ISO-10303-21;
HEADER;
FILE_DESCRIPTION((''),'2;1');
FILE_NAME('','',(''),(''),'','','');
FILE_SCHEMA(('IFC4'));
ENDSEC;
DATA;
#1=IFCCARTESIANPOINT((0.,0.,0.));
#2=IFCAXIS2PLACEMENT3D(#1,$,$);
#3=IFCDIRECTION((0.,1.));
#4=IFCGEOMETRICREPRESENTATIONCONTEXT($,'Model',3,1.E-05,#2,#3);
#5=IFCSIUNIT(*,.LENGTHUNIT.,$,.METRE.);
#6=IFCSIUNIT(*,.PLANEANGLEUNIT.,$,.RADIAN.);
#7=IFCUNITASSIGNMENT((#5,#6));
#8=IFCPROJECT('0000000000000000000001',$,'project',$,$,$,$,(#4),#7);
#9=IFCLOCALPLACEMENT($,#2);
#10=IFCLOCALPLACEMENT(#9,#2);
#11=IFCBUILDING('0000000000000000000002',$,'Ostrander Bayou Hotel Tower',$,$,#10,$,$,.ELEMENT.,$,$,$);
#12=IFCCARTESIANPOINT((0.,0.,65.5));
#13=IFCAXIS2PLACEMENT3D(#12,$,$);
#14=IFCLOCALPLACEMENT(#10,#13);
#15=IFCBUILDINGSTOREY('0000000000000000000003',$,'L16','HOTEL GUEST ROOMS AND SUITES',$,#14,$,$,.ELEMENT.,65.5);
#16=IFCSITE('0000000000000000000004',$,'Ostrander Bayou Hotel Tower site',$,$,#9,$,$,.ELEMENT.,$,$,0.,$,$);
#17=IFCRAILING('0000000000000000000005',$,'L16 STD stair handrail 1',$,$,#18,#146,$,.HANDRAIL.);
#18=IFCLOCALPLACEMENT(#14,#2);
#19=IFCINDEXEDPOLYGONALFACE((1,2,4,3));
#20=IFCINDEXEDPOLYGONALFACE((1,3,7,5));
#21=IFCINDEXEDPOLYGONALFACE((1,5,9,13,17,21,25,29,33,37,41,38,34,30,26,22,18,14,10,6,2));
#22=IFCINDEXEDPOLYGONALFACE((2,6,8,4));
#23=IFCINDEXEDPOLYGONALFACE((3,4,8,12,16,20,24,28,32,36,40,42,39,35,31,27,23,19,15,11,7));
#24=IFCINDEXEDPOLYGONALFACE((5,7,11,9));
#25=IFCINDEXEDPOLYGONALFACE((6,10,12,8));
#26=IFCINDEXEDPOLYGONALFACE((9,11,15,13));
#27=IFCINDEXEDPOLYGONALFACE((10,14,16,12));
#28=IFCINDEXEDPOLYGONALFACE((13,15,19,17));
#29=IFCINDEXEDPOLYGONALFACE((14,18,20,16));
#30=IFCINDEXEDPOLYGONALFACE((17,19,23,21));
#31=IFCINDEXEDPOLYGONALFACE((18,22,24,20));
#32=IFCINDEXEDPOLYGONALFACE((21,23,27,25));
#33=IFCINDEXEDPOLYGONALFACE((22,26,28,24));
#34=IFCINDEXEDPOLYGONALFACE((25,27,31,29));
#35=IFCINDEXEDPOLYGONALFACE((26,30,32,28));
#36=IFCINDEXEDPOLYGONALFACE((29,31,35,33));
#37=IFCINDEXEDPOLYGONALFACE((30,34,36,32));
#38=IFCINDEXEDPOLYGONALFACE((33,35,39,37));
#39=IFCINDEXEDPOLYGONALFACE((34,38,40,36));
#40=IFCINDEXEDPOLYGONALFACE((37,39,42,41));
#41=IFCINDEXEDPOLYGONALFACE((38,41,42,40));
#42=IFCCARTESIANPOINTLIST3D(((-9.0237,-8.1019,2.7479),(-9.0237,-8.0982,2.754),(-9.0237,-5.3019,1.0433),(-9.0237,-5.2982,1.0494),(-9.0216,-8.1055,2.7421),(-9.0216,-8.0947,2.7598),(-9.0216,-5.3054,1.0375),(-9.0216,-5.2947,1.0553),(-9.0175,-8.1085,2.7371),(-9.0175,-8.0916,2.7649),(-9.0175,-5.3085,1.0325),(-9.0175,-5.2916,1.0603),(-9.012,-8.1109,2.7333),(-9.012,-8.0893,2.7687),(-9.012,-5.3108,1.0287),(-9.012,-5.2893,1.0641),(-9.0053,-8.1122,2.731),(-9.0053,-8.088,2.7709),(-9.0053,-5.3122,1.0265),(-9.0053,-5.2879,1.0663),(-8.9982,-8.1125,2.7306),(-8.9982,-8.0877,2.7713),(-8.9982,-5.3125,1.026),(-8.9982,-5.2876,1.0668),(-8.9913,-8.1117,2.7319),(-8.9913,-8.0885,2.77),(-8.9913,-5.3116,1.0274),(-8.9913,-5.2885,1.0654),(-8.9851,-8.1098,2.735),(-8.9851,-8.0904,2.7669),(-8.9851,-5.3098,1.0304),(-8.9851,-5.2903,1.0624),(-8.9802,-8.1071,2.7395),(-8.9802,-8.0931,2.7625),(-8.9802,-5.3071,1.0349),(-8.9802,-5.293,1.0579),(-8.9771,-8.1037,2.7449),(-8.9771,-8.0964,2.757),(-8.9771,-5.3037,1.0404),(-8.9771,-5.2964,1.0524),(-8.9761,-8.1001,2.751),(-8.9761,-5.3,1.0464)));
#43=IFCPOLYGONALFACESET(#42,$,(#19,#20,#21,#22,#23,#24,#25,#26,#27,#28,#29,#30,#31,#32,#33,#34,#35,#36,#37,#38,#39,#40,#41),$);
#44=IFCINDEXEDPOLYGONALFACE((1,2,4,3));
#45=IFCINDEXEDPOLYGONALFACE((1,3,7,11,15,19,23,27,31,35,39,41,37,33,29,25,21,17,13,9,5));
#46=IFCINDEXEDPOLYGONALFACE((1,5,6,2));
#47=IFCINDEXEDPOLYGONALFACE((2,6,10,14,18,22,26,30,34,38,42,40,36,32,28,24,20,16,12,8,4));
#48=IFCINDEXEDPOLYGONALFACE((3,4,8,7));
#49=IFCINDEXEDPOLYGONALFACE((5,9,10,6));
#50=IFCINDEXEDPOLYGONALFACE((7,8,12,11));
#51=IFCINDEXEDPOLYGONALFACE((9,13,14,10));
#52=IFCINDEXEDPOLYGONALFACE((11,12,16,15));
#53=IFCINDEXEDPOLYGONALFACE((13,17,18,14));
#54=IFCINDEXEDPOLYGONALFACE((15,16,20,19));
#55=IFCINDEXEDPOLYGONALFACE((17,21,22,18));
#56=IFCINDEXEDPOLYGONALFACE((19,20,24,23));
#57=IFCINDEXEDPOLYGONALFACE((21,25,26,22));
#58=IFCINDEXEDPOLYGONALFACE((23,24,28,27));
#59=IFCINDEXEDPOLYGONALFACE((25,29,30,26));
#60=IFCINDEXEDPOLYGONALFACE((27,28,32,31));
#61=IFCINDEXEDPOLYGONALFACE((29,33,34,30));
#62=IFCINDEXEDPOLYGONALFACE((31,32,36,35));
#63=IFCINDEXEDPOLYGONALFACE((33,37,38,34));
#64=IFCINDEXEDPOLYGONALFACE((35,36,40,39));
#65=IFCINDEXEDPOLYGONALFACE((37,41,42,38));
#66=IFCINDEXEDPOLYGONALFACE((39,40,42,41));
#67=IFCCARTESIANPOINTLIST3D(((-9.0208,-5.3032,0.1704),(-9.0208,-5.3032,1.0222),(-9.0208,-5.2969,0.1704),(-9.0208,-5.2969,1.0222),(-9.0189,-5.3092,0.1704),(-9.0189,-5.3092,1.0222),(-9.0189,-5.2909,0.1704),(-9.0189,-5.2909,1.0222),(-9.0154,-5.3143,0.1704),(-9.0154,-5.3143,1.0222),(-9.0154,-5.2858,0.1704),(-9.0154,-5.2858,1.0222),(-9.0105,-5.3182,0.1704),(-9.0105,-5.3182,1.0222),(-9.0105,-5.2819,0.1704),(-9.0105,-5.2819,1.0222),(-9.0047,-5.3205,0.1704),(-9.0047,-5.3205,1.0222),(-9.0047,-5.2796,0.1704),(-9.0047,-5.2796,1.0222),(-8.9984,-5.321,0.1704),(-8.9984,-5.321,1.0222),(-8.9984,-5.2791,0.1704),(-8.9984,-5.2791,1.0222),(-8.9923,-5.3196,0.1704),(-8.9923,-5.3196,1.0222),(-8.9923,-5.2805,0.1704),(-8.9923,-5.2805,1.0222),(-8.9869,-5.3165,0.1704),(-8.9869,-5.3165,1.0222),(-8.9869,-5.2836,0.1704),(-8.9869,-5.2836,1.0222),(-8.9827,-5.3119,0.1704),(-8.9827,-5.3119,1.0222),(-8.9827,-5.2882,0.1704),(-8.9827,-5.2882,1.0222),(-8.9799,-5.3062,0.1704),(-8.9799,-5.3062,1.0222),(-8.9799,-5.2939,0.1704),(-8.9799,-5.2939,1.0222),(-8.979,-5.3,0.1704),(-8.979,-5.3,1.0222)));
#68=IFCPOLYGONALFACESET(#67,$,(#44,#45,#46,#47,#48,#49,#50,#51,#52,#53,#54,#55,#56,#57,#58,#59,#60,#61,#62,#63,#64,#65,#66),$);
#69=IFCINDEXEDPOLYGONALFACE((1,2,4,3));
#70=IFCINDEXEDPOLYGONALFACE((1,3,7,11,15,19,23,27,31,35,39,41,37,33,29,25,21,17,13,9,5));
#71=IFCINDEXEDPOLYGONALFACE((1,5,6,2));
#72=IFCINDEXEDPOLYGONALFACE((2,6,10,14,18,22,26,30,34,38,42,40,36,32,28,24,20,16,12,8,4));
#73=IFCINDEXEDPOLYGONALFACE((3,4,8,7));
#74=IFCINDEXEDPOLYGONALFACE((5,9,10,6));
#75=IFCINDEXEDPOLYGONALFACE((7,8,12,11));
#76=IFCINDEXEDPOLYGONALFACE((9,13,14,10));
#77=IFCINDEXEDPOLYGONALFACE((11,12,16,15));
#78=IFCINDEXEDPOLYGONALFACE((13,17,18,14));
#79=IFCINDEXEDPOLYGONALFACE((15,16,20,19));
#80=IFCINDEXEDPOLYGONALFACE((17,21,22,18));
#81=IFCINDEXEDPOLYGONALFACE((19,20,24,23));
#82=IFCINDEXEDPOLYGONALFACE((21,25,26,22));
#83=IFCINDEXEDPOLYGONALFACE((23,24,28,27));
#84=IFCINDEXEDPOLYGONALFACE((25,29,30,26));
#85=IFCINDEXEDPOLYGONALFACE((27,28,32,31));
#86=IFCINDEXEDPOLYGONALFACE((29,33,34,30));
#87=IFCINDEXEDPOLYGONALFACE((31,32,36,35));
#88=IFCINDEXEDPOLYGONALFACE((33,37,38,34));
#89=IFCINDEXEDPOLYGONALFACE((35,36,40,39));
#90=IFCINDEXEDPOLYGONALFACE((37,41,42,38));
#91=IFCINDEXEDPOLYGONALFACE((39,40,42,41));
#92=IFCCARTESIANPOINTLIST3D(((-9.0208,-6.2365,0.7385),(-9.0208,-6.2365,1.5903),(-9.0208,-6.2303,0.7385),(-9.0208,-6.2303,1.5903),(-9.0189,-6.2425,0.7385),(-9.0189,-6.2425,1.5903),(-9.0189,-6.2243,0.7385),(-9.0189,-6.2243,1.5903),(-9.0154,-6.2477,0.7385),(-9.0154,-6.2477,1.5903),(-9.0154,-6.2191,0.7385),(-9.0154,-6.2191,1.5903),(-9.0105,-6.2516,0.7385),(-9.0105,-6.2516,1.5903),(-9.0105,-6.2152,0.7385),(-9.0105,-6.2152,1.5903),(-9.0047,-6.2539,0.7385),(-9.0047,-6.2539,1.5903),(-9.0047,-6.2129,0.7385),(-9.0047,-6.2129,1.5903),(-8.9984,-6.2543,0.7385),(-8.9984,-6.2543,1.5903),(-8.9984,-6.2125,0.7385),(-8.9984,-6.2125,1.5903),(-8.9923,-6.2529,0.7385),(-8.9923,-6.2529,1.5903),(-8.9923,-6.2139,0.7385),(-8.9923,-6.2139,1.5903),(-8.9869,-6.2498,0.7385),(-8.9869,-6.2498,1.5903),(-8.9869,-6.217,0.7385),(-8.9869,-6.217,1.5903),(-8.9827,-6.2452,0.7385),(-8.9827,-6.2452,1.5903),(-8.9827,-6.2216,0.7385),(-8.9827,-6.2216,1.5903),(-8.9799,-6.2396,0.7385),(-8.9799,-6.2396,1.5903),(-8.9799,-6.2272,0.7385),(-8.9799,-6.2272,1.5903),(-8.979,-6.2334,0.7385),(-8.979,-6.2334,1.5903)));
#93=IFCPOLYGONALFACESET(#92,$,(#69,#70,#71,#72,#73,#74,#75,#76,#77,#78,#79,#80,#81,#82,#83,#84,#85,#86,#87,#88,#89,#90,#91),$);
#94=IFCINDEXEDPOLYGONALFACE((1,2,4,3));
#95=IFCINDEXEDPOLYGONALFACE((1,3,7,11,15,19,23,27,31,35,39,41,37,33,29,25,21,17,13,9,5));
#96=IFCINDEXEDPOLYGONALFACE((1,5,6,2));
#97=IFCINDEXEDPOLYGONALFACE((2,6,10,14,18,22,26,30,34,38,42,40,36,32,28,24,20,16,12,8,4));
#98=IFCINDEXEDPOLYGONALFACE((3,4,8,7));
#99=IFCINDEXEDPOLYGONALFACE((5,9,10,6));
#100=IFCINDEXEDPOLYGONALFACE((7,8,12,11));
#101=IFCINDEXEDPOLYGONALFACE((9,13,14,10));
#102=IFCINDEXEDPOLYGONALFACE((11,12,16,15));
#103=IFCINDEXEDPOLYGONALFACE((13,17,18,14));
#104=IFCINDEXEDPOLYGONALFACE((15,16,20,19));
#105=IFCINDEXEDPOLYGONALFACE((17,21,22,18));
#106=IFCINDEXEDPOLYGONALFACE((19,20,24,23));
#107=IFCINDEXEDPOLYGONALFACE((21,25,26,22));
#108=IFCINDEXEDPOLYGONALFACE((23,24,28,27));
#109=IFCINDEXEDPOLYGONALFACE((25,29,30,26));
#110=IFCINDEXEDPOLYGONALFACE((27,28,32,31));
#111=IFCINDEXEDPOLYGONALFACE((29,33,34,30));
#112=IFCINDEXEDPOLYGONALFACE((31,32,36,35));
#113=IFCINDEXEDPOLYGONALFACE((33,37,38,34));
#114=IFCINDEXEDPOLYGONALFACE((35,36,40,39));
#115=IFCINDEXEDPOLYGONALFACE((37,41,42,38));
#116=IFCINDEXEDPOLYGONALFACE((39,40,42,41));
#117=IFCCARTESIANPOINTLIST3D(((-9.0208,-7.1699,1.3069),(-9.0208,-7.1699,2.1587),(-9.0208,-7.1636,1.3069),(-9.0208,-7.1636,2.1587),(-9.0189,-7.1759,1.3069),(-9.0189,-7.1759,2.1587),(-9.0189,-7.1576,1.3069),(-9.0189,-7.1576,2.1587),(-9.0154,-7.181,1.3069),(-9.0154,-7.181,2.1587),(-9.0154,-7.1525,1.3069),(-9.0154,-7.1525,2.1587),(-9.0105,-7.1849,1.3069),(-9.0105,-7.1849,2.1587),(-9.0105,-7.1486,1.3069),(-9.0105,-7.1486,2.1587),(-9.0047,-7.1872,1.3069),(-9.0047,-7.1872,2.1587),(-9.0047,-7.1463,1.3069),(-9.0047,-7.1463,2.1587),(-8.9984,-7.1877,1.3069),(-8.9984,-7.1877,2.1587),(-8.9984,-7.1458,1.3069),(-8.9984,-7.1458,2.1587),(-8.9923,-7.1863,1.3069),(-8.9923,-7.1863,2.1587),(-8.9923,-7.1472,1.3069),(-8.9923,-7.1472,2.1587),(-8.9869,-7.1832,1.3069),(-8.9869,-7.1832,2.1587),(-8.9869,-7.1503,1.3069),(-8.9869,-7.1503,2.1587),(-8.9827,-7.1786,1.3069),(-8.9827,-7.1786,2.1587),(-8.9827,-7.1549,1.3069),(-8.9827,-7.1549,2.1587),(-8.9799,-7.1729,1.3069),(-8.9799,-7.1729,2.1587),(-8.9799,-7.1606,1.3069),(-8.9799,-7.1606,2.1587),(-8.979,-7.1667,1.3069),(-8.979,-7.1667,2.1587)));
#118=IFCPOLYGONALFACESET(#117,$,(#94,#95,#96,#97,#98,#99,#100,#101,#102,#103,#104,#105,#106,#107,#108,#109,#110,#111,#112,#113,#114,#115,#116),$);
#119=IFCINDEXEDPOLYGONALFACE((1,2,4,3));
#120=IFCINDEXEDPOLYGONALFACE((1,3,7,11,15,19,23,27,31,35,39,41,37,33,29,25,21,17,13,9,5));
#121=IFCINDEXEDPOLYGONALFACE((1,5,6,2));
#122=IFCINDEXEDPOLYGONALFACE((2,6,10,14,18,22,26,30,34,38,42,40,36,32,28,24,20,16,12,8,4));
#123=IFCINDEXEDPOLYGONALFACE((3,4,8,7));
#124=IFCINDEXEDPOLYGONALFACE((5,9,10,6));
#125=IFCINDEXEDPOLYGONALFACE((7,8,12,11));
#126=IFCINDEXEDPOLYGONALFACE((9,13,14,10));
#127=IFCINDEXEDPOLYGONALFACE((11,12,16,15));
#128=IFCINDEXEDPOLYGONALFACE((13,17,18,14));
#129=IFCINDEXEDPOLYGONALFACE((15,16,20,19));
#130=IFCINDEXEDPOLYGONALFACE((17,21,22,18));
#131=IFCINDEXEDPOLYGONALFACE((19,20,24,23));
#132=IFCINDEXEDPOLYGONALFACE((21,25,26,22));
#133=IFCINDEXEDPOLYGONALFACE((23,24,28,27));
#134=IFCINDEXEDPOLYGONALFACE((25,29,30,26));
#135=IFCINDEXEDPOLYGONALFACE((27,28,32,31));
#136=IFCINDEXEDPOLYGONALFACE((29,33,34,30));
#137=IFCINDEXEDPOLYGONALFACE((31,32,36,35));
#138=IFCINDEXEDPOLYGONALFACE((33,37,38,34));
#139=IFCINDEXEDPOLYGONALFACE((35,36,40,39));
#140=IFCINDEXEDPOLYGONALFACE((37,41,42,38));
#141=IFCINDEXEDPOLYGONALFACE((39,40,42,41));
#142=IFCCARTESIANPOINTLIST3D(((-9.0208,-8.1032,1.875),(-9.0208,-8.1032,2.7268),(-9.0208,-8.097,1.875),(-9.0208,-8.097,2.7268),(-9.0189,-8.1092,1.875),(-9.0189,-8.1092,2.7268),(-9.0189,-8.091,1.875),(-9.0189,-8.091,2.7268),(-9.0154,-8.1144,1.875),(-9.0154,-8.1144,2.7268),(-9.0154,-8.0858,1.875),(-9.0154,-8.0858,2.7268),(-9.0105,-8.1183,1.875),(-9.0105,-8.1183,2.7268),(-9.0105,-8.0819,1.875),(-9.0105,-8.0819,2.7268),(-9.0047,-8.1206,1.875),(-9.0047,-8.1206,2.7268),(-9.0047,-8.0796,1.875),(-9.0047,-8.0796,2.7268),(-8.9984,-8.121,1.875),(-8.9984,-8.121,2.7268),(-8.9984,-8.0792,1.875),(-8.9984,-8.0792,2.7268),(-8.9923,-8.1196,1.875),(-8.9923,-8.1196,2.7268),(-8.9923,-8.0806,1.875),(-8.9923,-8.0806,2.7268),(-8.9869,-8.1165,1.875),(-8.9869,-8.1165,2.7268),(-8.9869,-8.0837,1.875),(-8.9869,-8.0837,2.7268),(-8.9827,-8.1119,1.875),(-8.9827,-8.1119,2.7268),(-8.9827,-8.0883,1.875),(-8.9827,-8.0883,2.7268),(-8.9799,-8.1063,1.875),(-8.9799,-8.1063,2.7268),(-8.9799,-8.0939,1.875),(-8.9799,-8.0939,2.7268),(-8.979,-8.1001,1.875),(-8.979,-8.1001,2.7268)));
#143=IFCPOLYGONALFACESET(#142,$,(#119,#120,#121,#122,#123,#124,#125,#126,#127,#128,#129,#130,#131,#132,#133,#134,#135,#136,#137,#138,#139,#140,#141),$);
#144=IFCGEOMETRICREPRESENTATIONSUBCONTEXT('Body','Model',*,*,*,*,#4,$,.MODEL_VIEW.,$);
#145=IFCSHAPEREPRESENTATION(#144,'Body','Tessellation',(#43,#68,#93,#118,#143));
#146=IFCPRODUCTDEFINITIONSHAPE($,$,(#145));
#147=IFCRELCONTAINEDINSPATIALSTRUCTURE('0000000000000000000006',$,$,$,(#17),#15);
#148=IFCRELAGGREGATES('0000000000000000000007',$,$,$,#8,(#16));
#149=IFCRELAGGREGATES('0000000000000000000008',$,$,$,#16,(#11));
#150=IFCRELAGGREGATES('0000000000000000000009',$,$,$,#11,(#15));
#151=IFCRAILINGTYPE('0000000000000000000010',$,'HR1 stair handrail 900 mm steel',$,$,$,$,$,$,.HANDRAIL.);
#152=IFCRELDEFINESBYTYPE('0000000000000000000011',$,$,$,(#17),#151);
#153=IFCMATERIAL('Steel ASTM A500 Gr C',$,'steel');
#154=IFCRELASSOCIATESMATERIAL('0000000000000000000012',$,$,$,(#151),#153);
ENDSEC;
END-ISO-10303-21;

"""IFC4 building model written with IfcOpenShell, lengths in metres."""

from ifc_helpers import new_model, si_unit, direction, frame, origin, origin_2d, place, context, subcontext, project, spatial, circle, extrude, material, type_object, element, save


model = new_model("IFC4")

# Units and contexts
model_context = context("Model", 3, precision=1e-05, world=origin(), true_north=direction((0.0, 1.0)))
body_context = subcontext(model_context, "Body", "Model", "MODEL_VIEW")
ifc_project = project(units=[si_unit("LENGTHUNIT", "METRE"), si_unit("PLANEANGLEUNIT", "RADIAN")], contexts=[model_context])

# Site, building, storey
site_placement = place(None, origin())
site = spatial("IfcSite", under=ifc_project, at=site_placement, Name="Ostrander Bayou Hotel Tower site", CompositionType="ELEMENT", RefElevation=0.0)
building_placement = place(site_placement, origin())
building = spatial("IfcBuilding", under=site, at=building_placement, Name="Ostrander Bayou Hotel Tower", CompositionType="ELEMENT")
storey_placement = place(building_placement, frame((0.0, 0.0, 65.5)))
storey = spatial("IfcBuildingStorey", under=building, at=storey_placement, Name="L16", Description="HOTEL GUEST ROOMS AND SUITES", CompositionType="ELEMENT", Elevation=65.5)

# Railing
ifc_material_1 = material(Name="Steel ASTM A500 Gr C", Category="steel")
railing_type_1 = type_object("IfcRailingType", Name="HR1 stair handrail 900 mm steel", PredefinedType="HANDRAIL", material=ifc_material_1)
railing_1_placement = place(storey_placement, frame((-9.0, -5.3, 0.1704)))
element("IfcRailing", 1, at=railing_1_placement, inside=storey, type_object=railing_type_1, Name="L16 STD stair handrail 1", PredefinedType="HANDRAIL", context=body_context, shape_type="SweptSolid", body=[
    extrude(circle(Radius=0.0239, at=origin_2d()), frame((0.0, 0.0, 0.876), z_axis=(0.0, -0.85417, 0.519994), x_axis=(1.0, 0.0, 0.0)), (0.0, 0.0, 1.0), 3.2781),
    extrude(circle(Radius=0.021, at=origin_2d()), origin(), (0.0, 0.0, 1.0), 0.8518),
    extrude(circle(Radius=0.021, at=origin_2d()), frame((0.0, -0.9333, 0.5681)), (0.0, 0.0, 1.0), 0.8518),
    extrude(circle(Radius=0.021, at=origin_2d()), frame((0.0, -1.8667, 1.1365)), (0.0, 0.0, 1.0), 0.8518),
    extrude(circle(Radius=0.021, at=origin_2d()), frame((0.0, -2.8, 1.7046)), (0.0, 0.0, 1.0), 0.8518),
])

save(model, "model.ifc")
